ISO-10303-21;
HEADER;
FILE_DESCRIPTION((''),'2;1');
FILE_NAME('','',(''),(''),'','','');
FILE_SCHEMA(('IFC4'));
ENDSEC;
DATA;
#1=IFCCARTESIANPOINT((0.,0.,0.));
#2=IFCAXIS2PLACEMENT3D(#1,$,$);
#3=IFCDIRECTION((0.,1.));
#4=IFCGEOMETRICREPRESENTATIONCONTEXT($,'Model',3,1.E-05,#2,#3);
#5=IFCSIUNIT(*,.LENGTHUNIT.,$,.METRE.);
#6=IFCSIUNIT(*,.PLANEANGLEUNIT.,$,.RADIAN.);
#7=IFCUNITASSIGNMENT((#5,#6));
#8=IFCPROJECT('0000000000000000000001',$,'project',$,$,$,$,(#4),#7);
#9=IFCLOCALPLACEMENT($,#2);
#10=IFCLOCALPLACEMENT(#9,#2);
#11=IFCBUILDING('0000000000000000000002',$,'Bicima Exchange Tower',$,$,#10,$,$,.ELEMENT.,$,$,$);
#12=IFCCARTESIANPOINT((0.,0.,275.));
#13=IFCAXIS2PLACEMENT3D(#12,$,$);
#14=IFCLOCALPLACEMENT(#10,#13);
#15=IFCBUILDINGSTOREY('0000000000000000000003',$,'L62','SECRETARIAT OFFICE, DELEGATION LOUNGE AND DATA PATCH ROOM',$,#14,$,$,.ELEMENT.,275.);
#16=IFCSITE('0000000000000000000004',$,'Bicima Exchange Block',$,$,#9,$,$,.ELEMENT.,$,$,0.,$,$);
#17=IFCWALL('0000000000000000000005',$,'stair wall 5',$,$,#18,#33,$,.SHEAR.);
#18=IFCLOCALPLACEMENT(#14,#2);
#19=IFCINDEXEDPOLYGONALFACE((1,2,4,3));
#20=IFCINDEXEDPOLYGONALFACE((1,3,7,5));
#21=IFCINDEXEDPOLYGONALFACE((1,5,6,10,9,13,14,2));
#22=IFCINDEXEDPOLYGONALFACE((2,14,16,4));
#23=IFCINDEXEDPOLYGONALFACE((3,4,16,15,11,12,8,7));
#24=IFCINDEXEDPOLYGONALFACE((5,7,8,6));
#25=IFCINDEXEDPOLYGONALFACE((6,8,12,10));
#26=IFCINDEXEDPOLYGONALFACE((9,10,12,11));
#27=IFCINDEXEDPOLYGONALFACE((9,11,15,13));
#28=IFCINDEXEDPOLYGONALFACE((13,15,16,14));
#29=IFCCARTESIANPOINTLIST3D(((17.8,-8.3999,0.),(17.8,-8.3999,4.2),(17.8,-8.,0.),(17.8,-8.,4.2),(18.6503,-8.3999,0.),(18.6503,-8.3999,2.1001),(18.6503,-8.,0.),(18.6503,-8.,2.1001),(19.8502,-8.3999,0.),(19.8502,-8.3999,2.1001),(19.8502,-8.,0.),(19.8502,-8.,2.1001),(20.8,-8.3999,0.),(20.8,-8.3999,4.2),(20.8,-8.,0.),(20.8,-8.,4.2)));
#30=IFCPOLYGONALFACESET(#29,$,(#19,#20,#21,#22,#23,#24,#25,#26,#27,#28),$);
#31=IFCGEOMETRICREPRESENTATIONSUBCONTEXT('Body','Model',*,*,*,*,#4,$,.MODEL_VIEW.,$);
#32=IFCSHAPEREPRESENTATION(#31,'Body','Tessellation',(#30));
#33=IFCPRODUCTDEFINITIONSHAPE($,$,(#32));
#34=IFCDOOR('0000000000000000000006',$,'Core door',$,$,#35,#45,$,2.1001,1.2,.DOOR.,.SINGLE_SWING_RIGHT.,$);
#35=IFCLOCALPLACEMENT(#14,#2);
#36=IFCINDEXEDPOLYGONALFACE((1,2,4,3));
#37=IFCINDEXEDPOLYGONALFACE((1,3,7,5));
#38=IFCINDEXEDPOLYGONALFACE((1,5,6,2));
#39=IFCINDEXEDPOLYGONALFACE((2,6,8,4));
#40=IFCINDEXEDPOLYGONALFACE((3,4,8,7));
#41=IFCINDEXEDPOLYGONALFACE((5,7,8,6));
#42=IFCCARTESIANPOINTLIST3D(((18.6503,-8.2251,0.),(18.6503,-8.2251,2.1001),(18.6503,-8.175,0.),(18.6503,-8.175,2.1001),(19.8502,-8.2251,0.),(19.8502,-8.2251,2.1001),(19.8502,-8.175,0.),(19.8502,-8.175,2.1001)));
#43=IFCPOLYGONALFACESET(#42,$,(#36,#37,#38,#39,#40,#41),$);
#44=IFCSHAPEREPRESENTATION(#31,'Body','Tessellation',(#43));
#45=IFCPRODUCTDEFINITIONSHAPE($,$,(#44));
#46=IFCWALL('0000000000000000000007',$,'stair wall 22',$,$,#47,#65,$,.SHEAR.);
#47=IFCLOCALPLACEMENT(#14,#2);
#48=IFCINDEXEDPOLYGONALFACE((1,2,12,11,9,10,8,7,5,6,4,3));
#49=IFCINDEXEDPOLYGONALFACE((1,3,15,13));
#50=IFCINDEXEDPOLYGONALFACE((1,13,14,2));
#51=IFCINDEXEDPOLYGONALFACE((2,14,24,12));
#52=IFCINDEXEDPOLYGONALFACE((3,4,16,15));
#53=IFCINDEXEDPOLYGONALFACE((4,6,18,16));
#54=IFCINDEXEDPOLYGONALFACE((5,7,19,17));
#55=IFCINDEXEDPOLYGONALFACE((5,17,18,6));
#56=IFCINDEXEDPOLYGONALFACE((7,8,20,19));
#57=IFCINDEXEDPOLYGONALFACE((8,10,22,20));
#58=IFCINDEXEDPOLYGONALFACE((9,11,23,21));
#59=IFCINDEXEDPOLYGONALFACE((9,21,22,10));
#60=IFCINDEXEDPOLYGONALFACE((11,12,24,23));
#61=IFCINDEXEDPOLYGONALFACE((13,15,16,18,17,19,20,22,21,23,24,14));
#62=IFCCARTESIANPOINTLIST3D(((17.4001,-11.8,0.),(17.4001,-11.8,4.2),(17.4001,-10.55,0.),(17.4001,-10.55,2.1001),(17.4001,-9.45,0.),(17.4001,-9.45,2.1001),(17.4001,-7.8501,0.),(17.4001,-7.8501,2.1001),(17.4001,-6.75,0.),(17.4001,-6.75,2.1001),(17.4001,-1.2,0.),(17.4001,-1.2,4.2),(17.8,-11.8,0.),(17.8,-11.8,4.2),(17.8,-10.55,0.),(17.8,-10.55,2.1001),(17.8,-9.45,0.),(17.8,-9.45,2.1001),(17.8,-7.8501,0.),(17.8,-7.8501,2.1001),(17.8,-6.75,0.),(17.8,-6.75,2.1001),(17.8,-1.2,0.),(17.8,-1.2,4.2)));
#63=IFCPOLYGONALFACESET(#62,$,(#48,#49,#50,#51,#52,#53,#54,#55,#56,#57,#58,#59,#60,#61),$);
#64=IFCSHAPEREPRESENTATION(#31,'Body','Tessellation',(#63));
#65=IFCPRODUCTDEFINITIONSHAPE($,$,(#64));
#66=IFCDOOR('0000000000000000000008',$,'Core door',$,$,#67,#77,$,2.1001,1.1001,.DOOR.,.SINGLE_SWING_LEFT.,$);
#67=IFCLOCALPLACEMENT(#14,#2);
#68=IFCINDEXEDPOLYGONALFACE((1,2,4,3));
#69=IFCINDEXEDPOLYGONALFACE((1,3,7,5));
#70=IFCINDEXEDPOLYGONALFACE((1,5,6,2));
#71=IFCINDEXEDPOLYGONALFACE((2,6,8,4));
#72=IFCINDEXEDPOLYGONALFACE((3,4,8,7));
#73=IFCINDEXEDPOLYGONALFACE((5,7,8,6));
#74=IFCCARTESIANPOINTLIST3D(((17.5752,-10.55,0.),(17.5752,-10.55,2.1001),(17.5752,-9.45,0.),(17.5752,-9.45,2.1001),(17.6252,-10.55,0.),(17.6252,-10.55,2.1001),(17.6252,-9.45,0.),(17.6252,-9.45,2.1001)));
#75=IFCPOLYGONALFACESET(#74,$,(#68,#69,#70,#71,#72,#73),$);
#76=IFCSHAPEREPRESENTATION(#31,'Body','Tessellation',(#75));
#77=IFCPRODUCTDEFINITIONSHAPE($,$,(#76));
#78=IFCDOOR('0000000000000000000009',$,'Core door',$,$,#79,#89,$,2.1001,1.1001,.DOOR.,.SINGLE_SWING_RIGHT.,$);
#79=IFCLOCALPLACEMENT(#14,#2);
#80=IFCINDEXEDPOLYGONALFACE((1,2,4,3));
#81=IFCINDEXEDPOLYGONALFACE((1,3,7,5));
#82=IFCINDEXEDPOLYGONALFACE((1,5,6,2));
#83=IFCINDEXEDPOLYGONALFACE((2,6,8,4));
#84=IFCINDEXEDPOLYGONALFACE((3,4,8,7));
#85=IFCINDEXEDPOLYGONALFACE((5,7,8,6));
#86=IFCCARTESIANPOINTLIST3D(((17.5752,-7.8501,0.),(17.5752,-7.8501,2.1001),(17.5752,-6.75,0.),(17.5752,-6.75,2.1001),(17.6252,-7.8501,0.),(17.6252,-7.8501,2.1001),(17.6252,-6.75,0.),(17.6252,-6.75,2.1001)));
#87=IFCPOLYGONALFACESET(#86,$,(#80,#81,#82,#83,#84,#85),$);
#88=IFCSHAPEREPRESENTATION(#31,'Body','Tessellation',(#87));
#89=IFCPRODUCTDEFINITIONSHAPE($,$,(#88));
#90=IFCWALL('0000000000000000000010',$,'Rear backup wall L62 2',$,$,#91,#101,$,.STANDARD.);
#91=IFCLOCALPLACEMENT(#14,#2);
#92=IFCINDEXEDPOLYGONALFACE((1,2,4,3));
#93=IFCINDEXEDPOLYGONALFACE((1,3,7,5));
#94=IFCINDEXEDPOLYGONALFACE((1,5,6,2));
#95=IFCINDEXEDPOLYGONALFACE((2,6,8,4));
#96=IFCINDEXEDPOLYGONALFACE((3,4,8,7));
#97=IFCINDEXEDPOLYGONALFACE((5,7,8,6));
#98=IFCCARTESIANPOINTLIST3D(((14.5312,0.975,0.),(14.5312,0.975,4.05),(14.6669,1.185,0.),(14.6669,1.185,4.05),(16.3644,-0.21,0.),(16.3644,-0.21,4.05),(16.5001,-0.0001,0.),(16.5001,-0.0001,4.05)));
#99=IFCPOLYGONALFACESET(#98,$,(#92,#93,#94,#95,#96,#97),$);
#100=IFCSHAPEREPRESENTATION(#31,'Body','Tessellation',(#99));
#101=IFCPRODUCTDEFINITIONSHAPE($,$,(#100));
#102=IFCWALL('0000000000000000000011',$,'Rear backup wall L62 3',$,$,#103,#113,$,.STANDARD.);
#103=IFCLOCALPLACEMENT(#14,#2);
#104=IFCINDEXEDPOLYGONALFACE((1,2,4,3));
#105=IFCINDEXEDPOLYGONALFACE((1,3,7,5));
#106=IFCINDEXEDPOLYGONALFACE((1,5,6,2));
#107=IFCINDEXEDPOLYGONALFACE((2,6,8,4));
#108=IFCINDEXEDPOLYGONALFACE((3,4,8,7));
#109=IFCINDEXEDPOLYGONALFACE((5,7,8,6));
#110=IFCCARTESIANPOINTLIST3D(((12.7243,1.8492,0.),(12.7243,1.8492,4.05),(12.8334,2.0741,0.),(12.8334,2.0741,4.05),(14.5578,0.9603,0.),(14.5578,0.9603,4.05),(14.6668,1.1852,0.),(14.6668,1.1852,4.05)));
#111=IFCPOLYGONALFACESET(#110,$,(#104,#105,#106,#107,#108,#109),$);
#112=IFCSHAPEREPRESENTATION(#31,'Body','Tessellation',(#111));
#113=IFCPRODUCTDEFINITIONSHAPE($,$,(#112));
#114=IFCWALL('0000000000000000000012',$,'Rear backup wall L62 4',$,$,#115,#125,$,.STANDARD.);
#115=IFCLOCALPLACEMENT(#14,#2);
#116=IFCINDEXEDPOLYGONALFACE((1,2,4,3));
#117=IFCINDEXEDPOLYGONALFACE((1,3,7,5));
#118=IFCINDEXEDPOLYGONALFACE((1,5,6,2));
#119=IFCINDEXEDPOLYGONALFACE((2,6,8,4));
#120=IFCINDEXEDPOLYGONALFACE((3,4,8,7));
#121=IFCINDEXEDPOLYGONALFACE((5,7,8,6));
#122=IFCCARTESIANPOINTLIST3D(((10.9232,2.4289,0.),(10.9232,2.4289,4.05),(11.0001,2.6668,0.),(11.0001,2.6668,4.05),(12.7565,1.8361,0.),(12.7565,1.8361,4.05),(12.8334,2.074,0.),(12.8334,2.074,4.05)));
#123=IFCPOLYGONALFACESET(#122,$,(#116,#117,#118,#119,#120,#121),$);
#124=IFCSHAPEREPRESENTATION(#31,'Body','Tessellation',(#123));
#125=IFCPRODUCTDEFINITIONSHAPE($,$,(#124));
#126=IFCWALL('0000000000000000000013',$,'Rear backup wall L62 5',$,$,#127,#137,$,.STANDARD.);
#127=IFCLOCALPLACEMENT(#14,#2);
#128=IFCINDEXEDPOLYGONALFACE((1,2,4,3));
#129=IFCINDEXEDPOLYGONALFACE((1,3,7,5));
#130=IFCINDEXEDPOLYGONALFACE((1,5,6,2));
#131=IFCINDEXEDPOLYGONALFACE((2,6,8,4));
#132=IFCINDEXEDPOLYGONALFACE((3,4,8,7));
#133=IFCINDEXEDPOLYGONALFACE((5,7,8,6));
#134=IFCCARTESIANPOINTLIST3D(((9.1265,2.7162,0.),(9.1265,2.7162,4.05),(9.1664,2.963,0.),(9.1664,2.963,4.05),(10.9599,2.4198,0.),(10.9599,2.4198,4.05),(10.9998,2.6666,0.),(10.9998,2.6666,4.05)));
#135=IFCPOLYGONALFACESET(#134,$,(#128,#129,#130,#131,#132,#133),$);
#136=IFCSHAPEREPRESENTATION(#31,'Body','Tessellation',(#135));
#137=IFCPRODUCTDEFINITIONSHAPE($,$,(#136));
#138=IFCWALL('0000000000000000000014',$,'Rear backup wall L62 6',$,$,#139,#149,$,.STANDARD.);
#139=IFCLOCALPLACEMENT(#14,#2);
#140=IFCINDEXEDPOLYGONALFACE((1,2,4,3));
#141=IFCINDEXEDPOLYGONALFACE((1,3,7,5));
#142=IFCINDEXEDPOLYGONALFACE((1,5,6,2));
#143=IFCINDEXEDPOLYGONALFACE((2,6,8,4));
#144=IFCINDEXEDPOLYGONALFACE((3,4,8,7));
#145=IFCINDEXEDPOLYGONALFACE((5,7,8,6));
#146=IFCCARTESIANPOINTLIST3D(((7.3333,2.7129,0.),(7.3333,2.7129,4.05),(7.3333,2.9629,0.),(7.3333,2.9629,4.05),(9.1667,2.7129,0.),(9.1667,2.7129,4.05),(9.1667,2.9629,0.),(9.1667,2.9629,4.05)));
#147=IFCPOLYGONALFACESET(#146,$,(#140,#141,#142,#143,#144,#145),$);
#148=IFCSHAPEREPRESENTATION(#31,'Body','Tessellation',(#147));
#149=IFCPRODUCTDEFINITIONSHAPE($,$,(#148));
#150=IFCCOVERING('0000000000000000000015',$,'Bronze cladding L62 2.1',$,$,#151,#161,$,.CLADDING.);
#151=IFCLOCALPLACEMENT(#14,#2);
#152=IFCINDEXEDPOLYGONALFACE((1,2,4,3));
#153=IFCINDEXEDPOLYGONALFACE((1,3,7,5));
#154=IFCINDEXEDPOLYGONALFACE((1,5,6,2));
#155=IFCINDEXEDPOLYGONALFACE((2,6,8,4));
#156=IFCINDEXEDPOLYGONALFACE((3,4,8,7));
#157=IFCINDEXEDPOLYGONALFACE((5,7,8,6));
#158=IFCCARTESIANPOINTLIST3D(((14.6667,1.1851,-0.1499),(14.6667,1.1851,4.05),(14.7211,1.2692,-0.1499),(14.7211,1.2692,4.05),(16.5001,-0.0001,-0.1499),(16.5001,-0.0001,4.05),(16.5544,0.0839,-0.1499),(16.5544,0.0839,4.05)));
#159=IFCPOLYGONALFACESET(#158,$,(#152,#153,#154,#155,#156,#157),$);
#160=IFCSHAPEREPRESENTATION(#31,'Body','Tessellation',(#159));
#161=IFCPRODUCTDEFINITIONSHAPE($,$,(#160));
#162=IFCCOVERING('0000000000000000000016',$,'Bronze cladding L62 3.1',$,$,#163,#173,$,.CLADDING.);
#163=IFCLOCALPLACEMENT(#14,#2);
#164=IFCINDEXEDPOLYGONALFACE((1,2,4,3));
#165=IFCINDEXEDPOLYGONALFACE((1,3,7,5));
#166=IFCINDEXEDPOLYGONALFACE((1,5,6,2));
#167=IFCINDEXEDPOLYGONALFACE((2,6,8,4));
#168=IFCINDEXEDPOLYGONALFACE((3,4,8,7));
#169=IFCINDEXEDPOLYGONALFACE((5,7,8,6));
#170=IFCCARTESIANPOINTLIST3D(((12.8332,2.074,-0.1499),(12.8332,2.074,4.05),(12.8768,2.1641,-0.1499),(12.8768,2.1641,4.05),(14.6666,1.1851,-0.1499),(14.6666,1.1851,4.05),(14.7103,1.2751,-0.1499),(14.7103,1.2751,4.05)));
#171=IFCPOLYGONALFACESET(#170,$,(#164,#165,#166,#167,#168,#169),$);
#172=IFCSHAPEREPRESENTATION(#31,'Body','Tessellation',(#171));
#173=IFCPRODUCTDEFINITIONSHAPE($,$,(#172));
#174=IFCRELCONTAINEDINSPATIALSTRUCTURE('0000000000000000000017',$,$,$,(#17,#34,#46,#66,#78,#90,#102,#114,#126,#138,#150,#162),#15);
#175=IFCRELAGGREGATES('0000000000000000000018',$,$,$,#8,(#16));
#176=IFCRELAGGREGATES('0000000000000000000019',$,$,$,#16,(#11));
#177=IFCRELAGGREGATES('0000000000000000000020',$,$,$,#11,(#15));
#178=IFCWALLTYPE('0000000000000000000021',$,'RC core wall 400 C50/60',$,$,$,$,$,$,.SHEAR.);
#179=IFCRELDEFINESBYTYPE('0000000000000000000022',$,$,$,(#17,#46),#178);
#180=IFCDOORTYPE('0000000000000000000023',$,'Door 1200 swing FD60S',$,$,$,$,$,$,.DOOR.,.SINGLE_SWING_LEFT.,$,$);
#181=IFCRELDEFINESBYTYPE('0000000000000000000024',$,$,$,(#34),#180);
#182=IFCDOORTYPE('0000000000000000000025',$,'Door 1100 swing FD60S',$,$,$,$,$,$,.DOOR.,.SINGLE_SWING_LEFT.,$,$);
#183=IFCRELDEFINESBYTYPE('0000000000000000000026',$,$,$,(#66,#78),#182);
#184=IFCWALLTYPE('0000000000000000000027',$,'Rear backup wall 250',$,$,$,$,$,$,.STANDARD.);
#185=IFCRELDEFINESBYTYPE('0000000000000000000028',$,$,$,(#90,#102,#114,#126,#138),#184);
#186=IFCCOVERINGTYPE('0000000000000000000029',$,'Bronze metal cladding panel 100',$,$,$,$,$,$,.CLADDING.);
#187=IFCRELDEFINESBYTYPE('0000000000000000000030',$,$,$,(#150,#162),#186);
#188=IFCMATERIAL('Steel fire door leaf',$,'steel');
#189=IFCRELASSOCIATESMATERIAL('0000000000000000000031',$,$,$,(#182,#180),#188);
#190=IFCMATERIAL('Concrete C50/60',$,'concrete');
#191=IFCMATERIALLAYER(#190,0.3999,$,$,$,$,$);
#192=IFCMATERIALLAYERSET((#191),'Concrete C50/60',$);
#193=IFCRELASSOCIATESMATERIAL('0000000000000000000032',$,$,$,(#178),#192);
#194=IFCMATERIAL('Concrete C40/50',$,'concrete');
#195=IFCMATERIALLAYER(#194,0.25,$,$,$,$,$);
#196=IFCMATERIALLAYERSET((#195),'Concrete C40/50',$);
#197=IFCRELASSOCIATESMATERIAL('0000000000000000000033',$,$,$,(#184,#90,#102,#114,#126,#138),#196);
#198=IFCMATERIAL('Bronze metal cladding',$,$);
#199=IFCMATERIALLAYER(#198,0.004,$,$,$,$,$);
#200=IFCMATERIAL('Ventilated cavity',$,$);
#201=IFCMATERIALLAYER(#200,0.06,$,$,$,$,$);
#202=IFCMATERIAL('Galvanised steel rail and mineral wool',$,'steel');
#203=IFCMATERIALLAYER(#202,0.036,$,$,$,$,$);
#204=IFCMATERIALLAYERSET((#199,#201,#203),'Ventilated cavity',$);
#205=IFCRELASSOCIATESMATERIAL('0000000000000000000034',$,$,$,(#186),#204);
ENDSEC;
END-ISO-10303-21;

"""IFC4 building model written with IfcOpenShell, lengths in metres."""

from ifc_helpers import new_model, si_unit, direction, frame, frame_2d, origin, origin_2d, place, context, subcontext, project, spatial, rectangle, extrude, material, layer, layer_set, layer_usage, type_object, element, fill, save


model = new_model("IFC4")

# Units and contexts
model_context = context("Model", 3, precision=1e-05, world=origin(), true_north=direction((0.0, 1.0)))
body_context = subcontext(model_context, "Body", "Model", "MODEL_VIEW")
ifc_project = project(units=[si_unit("LENGTHUNIT", "METRE"), si_unit("PLANEANGLEUNIT", "RADIAN")], contexts=[model_context])

# Site, building, storey
site_placement = place(None, origin())
site = spatial("IfcSite", under=ifc_project, at=site_placement, Name="Bicima Exchange Block", CompositionType="ELEMENT", RefElevation=0.0)
building_placement = place(site_placement, origin())
building = spatial("IfcBuilding", under=site, at=building_placement, Name="Bicima Exchange Tower", CompositionType="ELEMENT")
storey_placement = place(building_placement, frame((0.0, 0.0, 275.0)))
storey = spatial("IfcBuildingStorey", under=building, at=storey_placement, Name="L62", Description="SECRETARIAT OFFICE, DELEGATION LOUNGE AND DATA PATCH ROOM", CompositionType="ELEMENT", Elevation=275.0)

# Wall, opening, door
ifc_material_1 = material(Name="Concrete C40/50", Category="concrete")
ifc_material_2 = material(Name="Steel fire door leaf", Category="steel")
door_type_1 = type_object("IfcDoorType", Name="Door 1100 swing FD60S", OperationType="SINGLE_SWING_LEFT", PredefinedType="DOOR", material=ifc_material_2)
ifc_material_3 = material(Name="Concrete C50/60", Category="concrete")
ifc_layer_1 = layer(ifc_material_3, 0.3999)
ifc_layer_set_1 = layer_set([ifc_layer_1], Name="Concrete C50/60")
wall_type_1 = type_object("IfcWallType", Name="RC core wall 400 C50/60", PredefinedType="SHEAR", material=ifc_layer_set_1)
wall_1_placement = place(storey_placement, frame((17.8, -8.2, 0.0), z_axis=(0.0, 0.0, 1.0), x_axis=(1.0, 0.0, 0.0)))
wall_1 = element("IfcWall", 1, at=wall_1_placement, inside=storey, type_object=wall_type_1, Name="stair wall 5", PredefinedType="SHEAR", context=body_context, shape_type="SweptSolid", body=[
    extrude(rectangle(XDim=3.0, YDim=0.3999, at=frame_2d((1.5, 0.0))), origin(), (0.0, 0.0, 1.0), 4.2),
])
opening_1_placement = place(wall_1_placement, frame((0.8501, 0.0, 0.0)))
opening_1 = element("IfcOpeningElement", 2, at=opening_1_placement, cuts=wall_1, PredefinedType="OPENING", context=body_context, shape_type="SweptSolid", body=[
    extrude(rectangle(XDim=1.2, YDim=2.1001, at=frame_2d((0.6001, 1.05))), frame((0.0, 0.2119, 0.0), z_axis=(0.0, -1.0, 0.0), x_axis=(1.0, 0.0, 0.0)), (0.0, 0.0, 1.0), 0.4238),
])
door_type_2 = type_object("IfcDoorType", Name="Door 1200 swing FD60S", OperationType="SINGLE_SWING_LEFT", PredefinedType="DOOR", material=ifc_material_2)
door_1_placement = place(opening_1_placement, origin())
door_1 = element("IfcDoor", 3, at=door_1_placement, inside=storey, type_object=door_type_2, Name="Core door", OperationType="SINGLE_SWING_RIGHT", OverallHeight=2.1001, OverallWidth=1.2, PredefinedType="DOOR", context=body_context, shape_type="SweptSolid", body=[
    extrude(rectangle(XDim=1.2, YDim=2.1001, at=frame_2d((0.6001, 1.05))), frame((0.0, 0.0249, 0.0), z_axis=(0.0, -1.0, 0.0), x_axis=(1.0, 0.0, 0.0)), (0.0, 0.0, 1.0), 0.05),
])
fill(opening_1, door_1)

# Wall, openings, doors
wall_2_placement = place(storey_placement, frame((17.6001, -11.8, 0.0), z_axis=(0.0, 0.0, 1.0), x_axis=(0.0, 1.0, 0.0)))
wall_2 = element("IfcWall", 4, at=wall_2_placement, inside=storey, type_object=wall_type_1, Name="stair wall 22", PredefinedType="SHEAR", context=body_context, shape_type="SweptSolid", body=[
    extrude(rectangle(XDim=10.6001, YDim=0.3999, at=frame_2d((5.3, 0.0))), origin(), (0.0, 0.0, 1.0), 4.2),
])
opening_2_placement = place(wall_2_placement, frame((1.25, 0.0, 0.0)))
opening_2 = element("IfcOpeningElement", 5, at=opening_2_placement, cuts=wall_2, PredefinedType="OPENING", context=body_context, shape_type="SweptSolid", body=[
    extrude(rectangle(XDim=1.1001, YDim=2.1001, at=frame_2d((0.55, 1.05))), frame((0.0, 0.2119, 0.0), z_axis=(0.0, -1.0, 0.0), x_axis=(1.0, 0.0, 0.0)), (0.0, 0.0, 1.0), 0.4238),
])
opening_3_placement = place(wall_2_placement, frame((3.95, 0.0, 0.0)))
opening_3 = element("IfcOpeningElement", 6, at=opening_3_placement, cuts=wall_2, PredefinedType="OPENING", context=body_context, shape_type="SweptSolid", body=[
    extrude(rectangle(XDim=1.1001, YDim=2.1001, at=frame_2d((0.55, 1.05))), frame((0.0, 0.2119, 0.0), z_axis=(0.0, -1.0, 0.0), x_axis=(1.0, 0.0, 0.0)), (0.0, 0.0, 1.0), 0.4238),
])
door_2_placement = place(opening_2_placement, origin())
door_2 = element("IfcDoor", 7, at=door_2_placement, inside=storey, type_object=door_type_1, Name="Core door", OperationType="SINGLE_SWING_LEFT", OverallHeight=2.1001, OverallWidth=1.1001, PredefinedType="DOOR", context=body_context, shape_type="SweptSolid", body=[
    extrude(rectangle(XDim=1.1001, YDim=2.1001, at=frame_2d((0.55, 1.05))), frame((0.0, 0.0249, 0.0), z_axis=(0.0, -1.0, 0.0), x_axis=(1.0, 0.0, 0.0)), (0.0, 0.0, 1.0), 0.05),
])
fill(opening_2, door_2)
door_3_placement = place(opening_3_placement, origin())
door_3 = element("IfcDoor", 8, at=door_3_placement, inside=storey, type_object=door_type_1, Name="Core door", OperationType="SINGLE_SWING_RIGHT", OverallHeight=2.1001, OverallWidth=1.1001, PredefinedType="DOOR", context=body_context, shape_type="SweptSolid", body=[
    extrude(rectangle(XDim=1.1001, YDim=2.1001, at=frame_2d((0.55, 1.05))), frame((0.0, 0.0249, 0.0), z_axis=(0.0, -1.0, 0.0), x_axis=(1.0, 0.0, 0.0)), (0.0, 0.0, 1.0), 0.05),
])
fill(opening_3, door_3)

# Walls
ifc_layer_2 = layer(ifc_material_1, 0.25)
ifc_layer_set_2 = layer_set([ifc_layer_2], Name="Concrete C40/50")
ifc_layer_usage = layer_usage(ifc_layer_set_2, "AXIS2", "POSITIVE", -0.125)
wall_type_2 = type_object("IfcWallType", Name="Rear backup wall 250", PredefinedType="STANDARD", material=ifc_layer_set_2)
wall_3_placement = place(storey_placement, frame((16.4321, -0.105, 0.0), z_axis=(0.0, 0.0, 1.0), x_axis=(-0.839813, 0.542876, 0.0)))
element("IfcWall", 9, at=wall_3_placement, inside=storey, type_object=wall_type_2, material=ifc_layer_usage, Name="Rear backup wall L62 2", PredefinedType="STANDARD", context=body_context, shape_type="SweptSolid", body=[
    extrude(rectangle(XDim=2.1829, YDim=0.25, at=frame_2d((1.0913, 0.0))), origin(), (0.0, 0.0, 1.0), 4.05),
])
wall_4_placement = place(storey_placement, frame((14.6123, 1.0728, 0.0), z_axis=(0.0, 0.0, 1.0), x_axis=(-0.899824, 0.436253, 0.0)))
element("IfcWall", 10, at=wall_4_placement, inside=storey, type_object=wall_type_2, material=ifc_layer_usage, Name="Rear backup wall L62 3", PredefinedType="STANDARD", context=body_context, shape_type="SweptSolid", body=[
    extrude(rectangle(XDim=2.0376, YDim=0.25, at=frame_2d((1.0188, 0.0))), origin(), (0.0, 0.0, 1.0), 4.05),
])
wall_5_placement = place(storey_placement, frame((12.7949, 1.9551, 0.0), z_axis=(0.0, 0.0, 1.0), x_axis=(-0.951496, 0.307662, 0.0)))
element("IfcWall", 11, at=wall_5_placement, inside=storey, type_object=wall_type_2, material=ifc_layer_usage, Name="Rear backup wall L62 4", PredefinedType="STANDARD", context=body_context, shape_type="SweptSolid", body=[
    extrude(rectangle(XDim=1.9268, YDim=0.25, at=frame_2d((0.9634, 0.0))), origin(), (0.0, 0.0, 1.0), 4.05),
])
wall_6_placement = place(storey_placement, frame((10.98, 2.5432, 0.0), z_axis=(0.0, 0.0, 1.0), x_axis=(-0.987182, 0.1596, 0.0)))
element("IfcWall", 12, at=wall_6_placement, inside=storey, type_object=wall_type_2, material=ifc_layer_usage, Name="Rear backup wall L62 5", PredefinedType="STANDARD", context=body_context, shape_type="SweptSolid", body=[
    extrude(rectangle(XDim=1.8572, YDim=0.25, at=frame_2d((0.9287, 0.0))), origin(), (0.0, 0.0, 1.0), 4.05),
])
wall_7_placement = place(storey_placement, frame((9.1667, 2.8379, 0.0), z_axis=(0.0, 0.0, 1.0), x_axis=(-1.0, 0.0, 0.0)))
element("IfcWall", 13, at=wall_7_placement, inside=storey, type_object=wall_type_2, material=ifc_layer_usage, Name="Rear backup wall L62 6", PredefinedType="STANDARD", context=body_context, shape_type="SweptSolid", body=[
    extrude(rectangle(XDim=1.8335, YDim=0.25, at=frame_2d((0.9167, 0.0))), origin(), (0.0, 0.0, 1.0), 4.05),
])

# Coverings
ifc_material_4 = material(Name="Bronze metal cladding")
ifc_layer_3 = layer(ifc_material_4, 0.004)
ifc_material_5 = material(Name="Ventilated cavity")
ifc_layer_4 = layer(ifc_material_5, 0.06)
ifc_material_6 = material(Name="Galvanised steel rail and mineral wool", Category="steel")
ifc_layer_5 = layer(ifc_material_6, 0.036)
ifc_layer_set_3 = layer_set([ifc_layer_3, ifc_layer_4, ifc_layer_5], Name="Ventilated cavity")
covering_type = type_object("IfcCoveringType", Name="Bronze metal cladding panel 100", PredefinedType="CLADDING", material=ifc_layer_set_3)
covering_1_placement = place(storey_placement, frame((15.6106, 0.6345, -0.1499), z_axis=(0.0, 0.0, 1.0), x_axis=(-0.83979, 0.542911, 0.0)))
element("IfcCovering", 14, at=covering_1_placement, inside=storey, type_object=covering_type, Name="Bronze cladding L62 2.1", PredefinedType="CLADDING", context=body_context, shape_type="SweptSolid", body=[
    extrude(rectangle(XDim=2.1831, YDim=0.1001, at=origin_2d()), origin(), (0.0, 0.0, 1.0), 4.2),
])
covering_2_placement = place(storey_placement, frame((13.7717, 1.6746, -0.1499), z_axis=(0.0, 0.0, 1.0), x_axis=(-0.899818, 0.436265, 0.0)))
element("IfcCovering", 15, at=covering_2_placement, inside=storey, type_object=covering_type, Name="Bronze cladding L62 3.1", PredefinedType="CLADDING", context=body_context, shape_type="SweptSolid", body=[
    extrude(rectangle(XDim=2.0376, YDim=0.1001, at=origin_2d()), origin(), (0.0, 0.0, 1.0), 4.2),
])

save(model, "model.ifc")
